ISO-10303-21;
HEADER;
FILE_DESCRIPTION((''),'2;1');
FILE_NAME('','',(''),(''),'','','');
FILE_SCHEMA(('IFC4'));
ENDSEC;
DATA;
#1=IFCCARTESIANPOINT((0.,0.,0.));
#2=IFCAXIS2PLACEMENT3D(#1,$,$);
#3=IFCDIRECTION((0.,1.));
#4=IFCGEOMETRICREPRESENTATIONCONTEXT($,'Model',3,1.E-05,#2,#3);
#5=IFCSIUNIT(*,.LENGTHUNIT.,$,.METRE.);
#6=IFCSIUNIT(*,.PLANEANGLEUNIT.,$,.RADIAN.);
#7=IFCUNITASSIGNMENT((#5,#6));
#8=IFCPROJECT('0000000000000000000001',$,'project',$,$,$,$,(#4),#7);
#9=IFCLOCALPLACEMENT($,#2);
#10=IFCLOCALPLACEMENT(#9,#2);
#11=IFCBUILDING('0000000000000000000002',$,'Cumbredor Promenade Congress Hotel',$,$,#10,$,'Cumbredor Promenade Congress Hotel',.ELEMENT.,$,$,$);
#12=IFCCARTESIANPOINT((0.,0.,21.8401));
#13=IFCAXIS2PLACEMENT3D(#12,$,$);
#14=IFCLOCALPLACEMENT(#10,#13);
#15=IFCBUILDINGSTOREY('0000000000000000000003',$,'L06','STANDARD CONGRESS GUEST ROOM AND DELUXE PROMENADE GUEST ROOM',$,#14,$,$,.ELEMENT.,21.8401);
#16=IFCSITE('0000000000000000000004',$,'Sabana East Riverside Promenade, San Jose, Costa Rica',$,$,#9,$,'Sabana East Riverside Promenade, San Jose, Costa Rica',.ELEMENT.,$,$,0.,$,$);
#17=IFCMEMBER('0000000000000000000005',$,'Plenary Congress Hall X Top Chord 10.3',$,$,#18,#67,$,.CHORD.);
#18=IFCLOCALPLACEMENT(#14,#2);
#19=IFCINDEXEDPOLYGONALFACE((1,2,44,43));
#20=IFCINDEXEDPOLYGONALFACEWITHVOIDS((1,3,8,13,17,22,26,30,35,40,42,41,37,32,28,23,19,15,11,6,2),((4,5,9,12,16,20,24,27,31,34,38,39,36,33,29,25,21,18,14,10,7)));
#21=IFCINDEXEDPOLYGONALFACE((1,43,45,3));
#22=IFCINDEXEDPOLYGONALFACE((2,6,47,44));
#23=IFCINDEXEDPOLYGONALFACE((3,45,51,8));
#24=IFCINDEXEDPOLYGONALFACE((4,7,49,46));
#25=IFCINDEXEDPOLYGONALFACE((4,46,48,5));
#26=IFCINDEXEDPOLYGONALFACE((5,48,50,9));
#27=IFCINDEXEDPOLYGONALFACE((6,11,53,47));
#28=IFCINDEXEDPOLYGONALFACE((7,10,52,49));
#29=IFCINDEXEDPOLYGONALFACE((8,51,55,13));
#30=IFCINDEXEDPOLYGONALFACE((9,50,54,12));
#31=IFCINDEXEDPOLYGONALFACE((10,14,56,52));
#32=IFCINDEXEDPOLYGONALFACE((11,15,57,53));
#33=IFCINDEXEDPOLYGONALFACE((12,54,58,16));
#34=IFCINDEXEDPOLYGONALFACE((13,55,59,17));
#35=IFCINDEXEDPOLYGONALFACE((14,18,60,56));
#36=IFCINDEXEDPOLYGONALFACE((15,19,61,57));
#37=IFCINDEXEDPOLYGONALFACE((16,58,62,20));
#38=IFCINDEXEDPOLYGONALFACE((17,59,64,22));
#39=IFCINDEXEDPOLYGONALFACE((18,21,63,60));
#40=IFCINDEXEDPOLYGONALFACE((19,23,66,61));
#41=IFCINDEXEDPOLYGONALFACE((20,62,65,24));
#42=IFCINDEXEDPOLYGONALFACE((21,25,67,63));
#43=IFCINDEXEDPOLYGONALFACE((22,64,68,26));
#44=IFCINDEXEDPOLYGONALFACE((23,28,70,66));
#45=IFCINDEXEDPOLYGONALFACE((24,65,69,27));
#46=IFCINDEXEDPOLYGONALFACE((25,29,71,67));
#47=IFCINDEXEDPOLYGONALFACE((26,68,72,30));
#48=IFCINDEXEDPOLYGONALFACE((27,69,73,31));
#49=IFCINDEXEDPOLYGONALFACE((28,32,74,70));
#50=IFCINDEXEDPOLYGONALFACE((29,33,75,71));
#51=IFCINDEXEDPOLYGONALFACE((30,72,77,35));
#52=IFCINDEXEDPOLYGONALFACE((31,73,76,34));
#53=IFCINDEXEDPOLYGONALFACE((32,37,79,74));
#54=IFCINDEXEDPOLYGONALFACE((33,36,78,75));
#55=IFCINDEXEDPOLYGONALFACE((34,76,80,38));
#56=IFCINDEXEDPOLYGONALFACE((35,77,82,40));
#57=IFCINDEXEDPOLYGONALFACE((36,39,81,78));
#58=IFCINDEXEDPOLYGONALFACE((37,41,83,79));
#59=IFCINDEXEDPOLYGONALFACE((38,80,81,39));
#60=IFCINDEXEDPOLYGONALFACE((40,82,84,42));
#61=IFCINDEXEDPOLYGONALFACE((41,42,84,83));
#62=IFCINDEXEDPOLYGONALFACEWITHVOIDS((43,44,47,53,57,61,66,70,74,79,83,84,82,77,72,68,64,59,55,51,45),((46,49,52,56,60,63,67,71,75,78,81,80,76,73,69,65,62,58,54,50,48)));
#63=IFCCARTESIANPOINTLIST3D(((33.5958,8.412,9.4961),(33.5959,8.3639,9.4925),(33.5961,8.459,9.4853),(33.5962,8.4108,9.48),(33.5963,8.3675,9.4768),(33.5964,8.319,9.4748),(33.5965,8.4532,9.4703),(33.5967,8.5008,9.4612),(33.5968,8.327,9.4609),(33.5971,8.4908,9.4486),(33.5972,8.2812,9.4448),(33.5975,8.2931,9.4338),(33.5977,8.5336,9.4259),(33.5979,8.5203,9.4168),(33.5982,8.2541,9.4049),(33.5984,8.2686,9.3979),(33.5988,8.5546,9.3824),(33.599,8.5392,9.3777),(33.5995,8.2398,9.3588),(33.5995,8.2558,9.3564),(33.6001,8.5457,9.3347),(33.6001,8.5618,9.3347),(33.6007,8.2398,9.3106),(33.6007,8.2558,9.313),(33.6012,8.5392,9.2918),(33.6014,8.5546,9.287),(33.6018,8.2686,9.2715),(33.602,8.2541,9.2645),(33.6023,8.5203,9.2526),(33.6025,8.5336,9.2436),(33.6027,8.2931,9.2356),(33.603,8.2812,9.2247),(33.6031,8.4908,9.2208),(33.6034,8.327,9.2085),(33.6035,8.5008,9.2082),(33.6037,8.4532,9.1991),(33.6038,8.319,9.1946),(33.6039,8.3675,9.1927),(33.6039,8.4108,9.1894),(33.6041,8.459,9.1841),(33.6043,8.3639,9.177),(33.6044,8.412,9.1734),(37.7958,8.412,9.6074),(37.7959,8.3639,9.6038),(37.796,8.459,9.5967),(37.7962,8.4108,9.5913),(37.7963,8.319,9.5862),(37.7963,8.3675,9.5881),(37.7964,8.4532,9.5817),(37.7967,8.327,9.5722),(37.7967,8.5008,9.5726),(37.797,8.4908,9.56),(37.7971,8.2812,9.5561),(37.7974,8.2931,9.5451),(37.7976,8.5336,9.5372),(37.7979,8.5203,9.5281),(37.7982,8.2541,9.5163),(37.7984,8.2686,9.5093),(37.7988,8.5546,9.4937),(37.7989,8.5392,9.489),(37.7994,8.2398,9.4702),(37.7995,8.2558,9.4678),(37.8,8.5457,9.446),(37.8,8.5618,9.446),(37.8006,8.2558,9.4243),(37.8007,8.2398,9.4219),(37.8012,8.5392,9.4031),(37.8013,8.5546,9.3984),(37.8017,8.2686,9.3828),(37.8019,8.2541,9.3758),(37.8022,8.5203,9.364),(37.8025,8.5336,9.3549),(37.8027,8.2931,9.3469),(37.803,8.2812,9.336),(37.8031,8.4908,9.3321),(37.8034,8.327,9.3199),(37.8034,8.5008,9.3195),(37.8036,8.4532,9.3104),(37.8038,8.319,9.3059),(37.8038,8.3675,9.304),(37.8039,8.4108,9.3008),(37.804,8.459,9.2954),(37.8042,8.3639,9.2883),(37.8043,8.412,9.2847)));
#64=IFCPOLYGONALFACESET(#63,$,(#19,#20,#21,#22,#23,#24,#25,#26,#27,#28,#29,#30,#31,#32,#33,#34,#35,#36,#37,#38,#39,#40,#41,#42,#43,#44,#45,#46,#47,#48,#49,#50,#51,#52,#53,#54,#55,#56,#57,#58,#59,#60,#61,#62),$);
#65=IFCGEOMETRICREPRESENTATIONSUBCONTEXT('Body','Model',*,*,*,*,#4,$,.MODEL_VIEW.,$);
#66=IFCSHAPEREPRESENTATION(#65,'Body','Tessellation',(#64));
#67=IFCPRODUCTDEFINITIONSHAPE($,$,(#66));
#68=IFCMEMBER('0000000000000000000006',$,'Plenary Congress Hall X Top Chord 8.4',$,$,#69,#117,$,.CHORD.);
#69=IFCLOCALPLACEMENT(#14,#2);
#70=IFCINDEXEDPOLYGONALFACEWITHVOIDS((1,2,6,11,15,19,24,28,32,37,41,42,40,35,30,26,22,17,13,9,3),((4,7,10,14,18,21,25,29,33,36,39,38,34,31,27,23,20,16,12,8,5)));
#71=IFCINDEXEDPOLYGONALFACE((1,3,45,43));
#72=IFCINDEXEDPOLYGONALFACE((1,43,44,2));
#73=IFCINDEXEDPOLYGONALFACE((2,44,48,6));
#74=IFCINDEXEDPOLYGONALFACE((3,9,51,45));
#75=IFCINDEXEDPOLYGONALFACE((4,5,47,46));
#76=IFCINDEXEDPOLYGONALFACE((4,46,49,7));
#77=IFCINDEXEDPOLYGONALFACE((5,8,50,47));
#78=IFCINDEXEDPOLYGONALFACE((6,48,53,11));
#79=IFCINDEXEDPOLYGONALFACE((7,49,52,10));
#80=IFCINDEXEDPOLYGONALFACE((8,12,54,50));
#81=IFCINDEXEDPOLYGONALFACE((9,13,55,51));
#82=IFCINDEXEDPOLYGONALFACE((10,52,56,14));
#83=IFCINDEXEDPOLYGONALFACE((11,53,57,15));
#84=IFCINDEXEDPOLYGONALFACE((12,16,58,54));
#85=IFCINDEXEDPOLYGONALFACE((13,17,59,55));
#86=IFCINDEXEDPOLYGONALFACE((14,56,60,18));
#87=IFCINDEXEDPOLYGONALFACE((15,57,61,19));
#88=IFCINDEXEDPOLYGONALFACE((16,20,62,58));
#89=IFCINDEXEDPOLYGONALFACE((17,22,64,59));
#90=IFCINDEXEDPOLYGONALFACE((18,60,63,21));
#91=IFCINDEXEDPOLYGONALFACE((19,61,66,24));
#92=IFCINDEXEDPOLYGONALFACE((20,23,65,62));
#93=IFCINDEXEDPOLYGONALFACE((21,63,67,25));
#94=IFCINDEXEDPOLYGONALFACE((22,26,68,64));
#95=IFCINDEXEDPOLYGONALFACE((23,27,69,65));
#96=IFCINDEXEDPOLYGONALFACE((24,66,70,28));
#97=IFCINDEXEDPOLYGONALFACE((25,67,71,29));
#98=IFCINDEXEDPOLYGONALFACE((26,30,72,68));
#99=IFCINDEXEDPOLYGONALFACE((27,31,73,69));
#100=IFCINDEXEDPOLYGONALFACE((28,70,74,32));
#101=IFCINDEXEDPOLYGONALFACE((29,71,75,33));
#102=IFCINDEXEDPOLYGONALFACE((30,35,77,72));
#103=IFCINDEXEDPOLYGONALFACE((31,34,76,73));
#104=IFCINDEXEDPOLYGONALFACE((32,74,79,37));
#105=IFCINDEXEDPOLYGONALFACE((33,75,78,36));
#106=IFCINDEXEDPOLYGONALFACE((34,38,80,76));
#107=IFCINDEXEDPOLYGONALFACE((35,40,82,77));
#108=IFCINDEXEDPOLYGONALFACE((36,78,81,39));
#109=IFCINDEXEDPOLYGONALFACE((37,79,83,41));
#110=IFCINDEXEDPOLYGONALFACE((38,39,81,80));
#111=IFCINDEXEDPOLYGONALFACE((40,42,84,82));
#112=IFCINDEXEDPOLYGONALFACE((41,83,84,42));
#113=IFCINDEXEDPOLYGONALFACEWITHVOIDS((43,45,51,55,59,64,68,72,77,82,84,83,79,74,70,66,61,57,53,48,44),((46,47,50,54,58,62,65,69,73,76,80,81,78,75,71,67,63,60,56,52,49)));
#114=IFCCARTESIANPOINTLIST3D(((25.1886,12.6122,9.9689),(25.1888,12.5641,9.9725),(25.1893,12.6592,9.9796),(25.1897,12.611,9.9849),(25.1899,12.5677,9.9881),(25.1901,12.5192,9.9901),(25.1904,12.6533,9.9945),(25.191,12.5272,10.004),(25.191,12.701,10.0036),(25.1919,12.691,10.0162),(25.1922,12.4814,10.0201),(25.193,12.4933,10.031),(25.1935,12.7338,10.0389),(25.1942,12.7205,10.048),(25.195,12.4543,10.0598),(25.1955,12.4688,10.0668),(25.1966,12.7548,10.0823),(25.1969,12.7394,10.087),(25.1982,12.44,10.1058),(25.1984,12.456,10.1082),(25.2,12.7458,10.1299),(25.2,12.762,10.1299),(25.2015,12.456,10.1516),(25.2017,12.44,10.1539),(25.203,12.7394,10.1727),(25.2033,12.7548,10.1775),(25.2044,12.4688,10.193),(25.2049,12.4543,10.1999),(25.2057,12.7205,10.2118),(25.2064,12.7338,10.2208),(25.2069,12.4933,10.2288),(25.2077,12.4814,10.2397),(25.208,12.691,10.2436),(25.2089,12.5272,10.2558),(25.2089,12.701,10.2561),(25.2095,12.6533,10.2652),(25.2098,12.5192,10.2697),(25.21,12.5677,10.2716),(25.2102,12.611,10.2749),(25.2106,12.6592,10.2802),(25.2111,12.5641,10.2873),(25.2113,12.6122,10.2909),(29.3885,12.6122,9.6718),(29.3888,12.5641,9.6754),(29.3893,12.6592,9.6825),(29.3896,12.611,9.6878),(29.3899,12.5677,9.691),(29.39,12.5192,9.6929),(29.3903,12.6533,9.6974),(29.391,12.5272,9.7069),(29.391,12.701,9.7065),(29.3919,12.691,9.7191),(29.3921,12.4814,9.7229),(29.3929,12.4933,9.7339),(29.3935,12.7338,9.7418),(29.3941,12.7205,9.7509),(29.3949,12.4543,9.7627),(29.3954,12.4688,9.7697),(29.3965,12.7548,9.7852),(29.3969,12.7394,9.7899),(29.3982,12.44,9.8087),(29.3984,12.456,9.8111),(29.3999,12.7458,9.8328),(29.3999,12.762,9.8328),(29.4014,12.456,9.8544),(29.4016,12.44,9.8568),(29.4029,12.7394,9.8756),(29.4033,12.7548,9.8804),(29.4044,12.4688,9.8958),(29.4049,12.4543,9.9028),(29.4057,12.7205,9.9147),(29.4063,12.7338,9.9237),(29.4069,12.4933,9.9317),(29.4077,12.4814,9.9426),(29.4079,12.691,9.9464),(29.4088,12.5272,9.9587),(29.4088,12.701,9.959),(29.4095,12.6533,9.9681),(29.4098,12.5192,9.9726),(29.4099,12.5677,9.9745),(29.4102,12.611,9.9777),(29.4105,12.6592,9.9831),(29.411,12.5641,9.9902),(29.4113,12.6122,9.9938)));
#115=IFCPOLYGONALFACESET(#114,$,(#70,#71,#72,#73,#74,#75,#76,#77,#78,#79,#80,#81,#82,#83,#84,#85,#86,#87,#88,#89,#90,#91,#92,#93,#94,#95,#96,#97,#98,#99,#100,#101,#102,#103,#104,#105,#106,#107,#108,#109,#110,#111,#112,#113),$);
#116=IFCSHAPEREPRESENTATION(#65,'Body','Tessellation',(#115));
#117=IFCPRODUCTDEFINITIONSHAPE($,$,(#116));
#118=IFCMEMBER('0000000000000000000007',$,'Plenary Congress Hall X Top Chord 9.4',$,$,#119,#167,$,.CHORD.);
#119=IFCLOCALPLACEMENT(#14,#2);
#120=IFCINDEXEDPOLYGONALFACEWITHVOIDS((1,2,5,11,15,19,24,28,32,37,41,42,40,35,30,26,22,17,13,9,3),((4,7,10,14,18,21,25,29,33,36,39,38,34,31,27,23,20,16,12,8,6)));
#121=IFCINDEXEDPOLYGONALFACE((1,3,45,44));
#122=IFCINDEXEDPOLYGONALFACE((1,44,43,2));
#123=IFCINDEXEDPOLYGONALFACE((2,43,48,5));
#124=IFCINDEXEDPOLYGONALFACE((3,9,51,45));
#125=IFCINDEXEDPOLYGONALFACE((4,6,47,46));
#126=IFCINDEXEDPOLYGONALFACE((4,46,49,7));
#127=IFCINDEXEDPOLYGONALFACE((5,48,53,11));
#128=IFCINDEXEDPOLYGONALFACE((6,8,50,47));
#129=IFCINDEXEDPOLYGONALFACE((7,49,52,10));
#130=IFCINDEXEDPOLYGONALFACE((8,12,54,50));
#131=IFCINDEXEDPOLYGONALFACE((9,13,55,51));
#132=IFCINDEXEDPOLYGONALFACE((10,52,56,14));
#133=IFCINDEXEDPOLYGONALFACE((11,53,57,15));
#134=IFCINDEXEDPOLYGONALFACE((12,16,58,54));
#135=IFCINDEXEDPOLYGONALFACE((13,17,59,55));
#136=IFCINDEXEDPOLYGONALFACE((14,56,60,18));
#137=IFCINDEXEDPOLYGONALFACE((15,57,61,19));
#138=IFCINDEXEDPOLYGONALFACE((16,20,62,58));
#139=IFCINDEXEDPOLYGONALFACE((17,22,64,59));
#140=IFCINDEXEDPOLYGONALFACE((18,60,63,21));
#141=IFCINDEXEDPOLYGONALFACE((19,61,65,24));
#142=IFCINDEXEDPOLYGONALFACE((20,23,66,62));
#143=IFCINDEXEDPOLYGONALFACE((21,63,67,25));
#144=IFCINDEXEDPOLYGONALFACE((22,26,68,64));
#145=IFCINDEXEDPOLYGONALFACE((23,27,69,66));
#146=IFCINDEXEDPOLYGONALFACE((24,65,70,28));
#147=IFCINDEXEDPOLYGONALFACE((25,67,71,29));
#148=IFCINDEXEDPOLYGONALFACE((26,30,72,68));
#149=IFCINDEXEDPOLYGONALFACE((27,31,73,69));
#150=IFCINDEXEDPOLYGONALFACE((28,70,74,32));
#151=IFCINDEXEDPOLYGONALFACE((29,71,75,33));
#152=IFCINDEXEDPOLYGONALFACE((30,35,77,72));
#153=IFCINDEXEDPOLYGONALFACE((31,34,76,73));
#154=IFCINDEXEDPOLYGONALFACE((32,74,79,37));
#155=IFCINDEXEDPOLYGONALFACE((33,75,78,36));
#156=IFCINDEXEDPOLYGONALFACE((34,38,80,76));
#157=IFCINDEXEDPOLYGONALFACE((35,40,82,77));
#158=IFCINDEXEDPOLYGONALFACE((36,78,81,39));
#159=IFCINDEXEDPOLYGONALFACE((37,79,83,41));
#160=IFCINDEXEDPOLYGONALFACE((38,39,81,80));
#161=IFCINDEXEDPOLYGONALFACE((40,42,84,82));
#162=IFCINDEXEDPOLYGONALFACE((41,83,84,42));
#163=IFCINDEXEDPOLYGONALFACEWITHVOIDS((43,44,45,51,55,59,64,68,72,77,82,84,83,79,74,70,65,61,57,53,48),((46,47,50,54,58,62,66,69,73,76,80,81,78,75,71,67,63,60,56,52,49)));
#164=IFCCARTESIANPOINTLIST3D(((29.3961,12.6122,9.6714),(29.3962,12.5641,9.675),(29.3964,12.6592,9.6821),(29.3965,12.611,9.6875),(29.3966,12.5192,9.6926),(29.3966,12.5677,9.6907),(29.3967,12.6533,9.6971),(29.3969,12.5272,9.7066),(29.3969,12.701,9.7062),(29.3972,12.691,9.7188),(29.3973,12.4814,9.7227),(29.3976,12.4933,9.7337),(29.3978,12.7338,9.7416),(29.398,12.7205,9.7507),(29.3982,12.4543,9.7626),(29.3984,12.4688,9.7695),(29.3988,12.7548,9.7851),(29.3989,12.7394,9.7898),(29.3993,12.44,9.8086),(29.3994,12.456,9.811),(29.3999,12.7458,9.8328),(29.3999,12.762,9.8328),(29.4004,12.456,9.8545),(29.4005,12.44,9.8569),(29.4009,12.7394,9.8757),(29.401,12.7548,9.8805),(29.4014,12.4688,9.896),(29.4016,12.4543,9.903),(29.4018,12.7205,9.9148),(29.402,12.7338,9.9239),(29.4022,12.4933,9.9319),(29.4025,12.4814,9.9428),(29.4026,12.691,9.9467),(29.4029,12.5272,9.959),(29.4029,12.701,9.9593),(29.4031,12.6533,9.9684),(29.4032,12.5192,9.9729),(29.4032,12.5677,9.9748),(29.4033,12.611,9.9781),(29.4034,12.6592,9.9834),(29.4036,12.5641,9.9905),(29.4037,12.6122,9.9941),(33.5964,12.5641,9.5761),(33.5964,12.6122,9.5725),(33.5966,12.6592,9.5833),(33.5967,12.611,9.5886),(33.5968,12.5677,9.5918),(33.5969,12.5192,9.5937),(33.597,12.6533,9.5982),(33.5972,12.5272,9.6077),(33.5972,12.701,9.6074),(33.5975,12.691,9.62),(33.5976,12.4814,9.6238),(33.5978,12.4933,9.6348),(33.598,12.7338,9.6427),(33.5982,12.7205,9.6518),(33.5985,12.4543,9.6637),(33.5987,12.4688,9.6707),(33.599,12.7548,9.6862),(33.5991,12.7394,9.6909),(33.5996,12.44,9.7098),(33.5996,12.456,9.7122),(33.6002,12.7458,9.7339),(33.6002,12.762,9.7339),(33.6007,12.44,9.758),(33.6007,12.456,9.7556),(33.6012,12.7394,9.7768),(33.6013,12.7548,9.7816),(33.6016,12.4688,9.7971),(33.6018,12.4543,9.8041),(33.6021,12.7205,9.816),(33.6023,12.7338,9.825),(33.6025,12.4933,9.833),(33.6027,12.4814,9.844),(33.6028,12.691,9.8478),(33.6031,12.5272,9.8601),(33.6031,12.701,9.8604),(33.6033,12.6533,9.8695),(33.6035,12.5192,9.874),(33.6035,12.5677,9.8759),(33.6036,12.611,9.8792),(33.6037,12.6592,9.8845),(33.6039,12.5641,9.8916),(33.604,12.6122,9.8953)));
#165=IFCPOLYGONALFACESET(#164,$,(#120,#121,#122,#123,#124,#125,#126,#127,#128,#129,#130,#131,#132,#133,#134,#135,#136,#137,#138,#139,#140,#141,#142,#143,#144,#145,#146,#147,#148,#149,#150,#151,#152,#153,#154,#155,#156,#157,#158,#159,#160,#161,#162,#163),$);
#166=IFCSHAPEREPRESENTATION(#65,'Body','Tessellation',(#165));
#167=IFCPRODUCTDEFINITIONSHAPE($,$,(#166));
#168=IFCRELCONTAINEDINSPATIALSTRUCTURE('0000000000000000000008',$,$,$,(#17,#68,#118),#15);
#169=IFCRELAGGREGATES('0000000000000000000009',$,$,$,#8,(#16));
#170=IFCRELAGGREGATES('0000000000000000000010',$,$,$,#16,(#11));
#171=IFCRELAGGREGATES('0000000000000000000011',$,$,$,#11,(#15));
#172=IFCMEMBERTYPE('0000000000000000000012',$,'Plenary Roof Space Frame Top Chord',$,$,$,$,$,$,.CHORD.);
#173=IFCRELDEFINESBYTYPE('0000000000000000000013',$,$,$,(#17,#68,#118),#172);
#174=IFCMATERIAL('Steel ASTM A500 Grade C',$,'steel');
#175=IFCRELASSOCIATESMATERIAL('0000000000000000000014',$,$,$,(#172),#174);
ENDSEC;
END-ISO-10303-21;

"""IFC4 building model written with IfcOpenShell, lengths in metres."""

from ifc_helpers import new_model, si_unit, direction, frame, origin, origin_2d, place, context, subcontext, project, spatial, hollow_circle, extrude, material, material_profile, profile_set, type_object, element, save


model = new_model("IFC4")

# Units and contexts
model_context = context("Model", 3, precision=1e-05, world=origin(), true_north=direction((0.0, 1.0)))
body_context = subcontext(model_context, "Body", "Model", "MODEL_VIEW")
ifc_project = project(units=[si_unit("LENGTHUNIT", "METRE"), si_unit("PLANEANGLEUNIT", "RADIAN")], contexts=[model_context])

# Site, building, storey
site_placement = place(None, origin())
site = spatial("IfcSite", under=ifc_project, at=site_placement, Name="Sabana East Riverside Promenade, San Jose, Costa Rica", LongName="Sabana East Riverside Promenade, San Jose, Costa Rica", CompositionType="ELEMENT", RefElevation=0.0)
building_placement = place(site_placement, origin())
building = spatial("IfcBuilding", under=site, at=building_placement, Name="Cumbredor Promenade Congress Hotel", LongName="Cumbredor Promenade Congress Hotel", CompositionType="ELEMENT")
storey_placement = place(building_placement, frame((0.0, 0.0, 21.8401)))
storey = spatial("IfcBuildingStorey", under=building, at=storey_placement, Name="L06", Description="STANDARD CONGRESS GUEST ROOM AND DELUXE PROMENADE GUEST ROOM", CompositionType="ELEMENT", Elevation=21.8401)

# Members
ifc_material_1 = material(Name="Steel ASTM A500 Grade C", Category="steel")
ifc_material_profile_1 = material_profile(ifc_material_1, hollow_circle(Radius=0.1619, WallThickness=0.0161, at=origin_2d()), Name="CHS 323.9x16")
ifc_profile_set_1 = profile_set([ifc_material_profile_1], Name="Steel ASTM A500 Grade C")
member_type_1 = type_object("IfcMemberType", Name="Plenary Roof Space Frame Top Chord", PredefinedType="CHORD", material=ifc_profile_set_1)
member_1_placement = place(storey_placement, frame((33.6001, 8.3999, 9.3347), z_axis=(0.999649, 0.0, 0.026498), x_axis=(0.0, 1.0, 0.0)))
element("IfcMember", 1, at=member_1_placement, inside=storey, type_object=member_type_1, Name="Plenary Congress Hall X Top Chord 10.3", PredefinedType="CHORD", context=body_context, shape_type="SweptSolid", body=[
    extrude(hollow_circle(Radius=0.1619, WallThickness=0.0161, at=origin_2d()), origin(), (0.0, 0.0, 1.0), 4.2014),
])
member_2_placement = place(storey_placement, frame((25.2, 12.6001, 10.1299), z_axis=(0.997507, 0.0, -0.070567), x_axis=(0.0, 1.0, 0.0)))
element("IfcMember", 2, at=member_2_placement, inside=storey, type_object=member_type_1, Name="Plenary Congress Hall X Top Chord 8.4", PredefinedType="CHORD", context=body_context, shape_type="SweptSolid", body=[
    extrude(hollow_circle(Radius=0.1619, WallThickness=0.0161, at=origin_2d()), origin(), (0.0, 0.0, 1.0), 4.2104),
])
member_3_placement = place(storey_placement, frame((29.3999, 12.6001, 9.8328), z_axis=(0.999723, 0.0, -0.023535), x_axis=(0.0, 1.0, 0.0)))
element("IfcMember", 3, at=member_3_placement, inside=storey, type_object=member_type_1, Name="Plenary Congress Hall X Top Chord 9.4", PredefinedType="CHORD", context=body_context, shape_type="SweptSolid", body=[
    extrude(hollow_circle(Radius=0.1619, WallThickness=0.0161, at=origin_2d()), origin(), (0.0, 0.0, 1.0), 4.2014),
])

save(model, "model.ifc")
